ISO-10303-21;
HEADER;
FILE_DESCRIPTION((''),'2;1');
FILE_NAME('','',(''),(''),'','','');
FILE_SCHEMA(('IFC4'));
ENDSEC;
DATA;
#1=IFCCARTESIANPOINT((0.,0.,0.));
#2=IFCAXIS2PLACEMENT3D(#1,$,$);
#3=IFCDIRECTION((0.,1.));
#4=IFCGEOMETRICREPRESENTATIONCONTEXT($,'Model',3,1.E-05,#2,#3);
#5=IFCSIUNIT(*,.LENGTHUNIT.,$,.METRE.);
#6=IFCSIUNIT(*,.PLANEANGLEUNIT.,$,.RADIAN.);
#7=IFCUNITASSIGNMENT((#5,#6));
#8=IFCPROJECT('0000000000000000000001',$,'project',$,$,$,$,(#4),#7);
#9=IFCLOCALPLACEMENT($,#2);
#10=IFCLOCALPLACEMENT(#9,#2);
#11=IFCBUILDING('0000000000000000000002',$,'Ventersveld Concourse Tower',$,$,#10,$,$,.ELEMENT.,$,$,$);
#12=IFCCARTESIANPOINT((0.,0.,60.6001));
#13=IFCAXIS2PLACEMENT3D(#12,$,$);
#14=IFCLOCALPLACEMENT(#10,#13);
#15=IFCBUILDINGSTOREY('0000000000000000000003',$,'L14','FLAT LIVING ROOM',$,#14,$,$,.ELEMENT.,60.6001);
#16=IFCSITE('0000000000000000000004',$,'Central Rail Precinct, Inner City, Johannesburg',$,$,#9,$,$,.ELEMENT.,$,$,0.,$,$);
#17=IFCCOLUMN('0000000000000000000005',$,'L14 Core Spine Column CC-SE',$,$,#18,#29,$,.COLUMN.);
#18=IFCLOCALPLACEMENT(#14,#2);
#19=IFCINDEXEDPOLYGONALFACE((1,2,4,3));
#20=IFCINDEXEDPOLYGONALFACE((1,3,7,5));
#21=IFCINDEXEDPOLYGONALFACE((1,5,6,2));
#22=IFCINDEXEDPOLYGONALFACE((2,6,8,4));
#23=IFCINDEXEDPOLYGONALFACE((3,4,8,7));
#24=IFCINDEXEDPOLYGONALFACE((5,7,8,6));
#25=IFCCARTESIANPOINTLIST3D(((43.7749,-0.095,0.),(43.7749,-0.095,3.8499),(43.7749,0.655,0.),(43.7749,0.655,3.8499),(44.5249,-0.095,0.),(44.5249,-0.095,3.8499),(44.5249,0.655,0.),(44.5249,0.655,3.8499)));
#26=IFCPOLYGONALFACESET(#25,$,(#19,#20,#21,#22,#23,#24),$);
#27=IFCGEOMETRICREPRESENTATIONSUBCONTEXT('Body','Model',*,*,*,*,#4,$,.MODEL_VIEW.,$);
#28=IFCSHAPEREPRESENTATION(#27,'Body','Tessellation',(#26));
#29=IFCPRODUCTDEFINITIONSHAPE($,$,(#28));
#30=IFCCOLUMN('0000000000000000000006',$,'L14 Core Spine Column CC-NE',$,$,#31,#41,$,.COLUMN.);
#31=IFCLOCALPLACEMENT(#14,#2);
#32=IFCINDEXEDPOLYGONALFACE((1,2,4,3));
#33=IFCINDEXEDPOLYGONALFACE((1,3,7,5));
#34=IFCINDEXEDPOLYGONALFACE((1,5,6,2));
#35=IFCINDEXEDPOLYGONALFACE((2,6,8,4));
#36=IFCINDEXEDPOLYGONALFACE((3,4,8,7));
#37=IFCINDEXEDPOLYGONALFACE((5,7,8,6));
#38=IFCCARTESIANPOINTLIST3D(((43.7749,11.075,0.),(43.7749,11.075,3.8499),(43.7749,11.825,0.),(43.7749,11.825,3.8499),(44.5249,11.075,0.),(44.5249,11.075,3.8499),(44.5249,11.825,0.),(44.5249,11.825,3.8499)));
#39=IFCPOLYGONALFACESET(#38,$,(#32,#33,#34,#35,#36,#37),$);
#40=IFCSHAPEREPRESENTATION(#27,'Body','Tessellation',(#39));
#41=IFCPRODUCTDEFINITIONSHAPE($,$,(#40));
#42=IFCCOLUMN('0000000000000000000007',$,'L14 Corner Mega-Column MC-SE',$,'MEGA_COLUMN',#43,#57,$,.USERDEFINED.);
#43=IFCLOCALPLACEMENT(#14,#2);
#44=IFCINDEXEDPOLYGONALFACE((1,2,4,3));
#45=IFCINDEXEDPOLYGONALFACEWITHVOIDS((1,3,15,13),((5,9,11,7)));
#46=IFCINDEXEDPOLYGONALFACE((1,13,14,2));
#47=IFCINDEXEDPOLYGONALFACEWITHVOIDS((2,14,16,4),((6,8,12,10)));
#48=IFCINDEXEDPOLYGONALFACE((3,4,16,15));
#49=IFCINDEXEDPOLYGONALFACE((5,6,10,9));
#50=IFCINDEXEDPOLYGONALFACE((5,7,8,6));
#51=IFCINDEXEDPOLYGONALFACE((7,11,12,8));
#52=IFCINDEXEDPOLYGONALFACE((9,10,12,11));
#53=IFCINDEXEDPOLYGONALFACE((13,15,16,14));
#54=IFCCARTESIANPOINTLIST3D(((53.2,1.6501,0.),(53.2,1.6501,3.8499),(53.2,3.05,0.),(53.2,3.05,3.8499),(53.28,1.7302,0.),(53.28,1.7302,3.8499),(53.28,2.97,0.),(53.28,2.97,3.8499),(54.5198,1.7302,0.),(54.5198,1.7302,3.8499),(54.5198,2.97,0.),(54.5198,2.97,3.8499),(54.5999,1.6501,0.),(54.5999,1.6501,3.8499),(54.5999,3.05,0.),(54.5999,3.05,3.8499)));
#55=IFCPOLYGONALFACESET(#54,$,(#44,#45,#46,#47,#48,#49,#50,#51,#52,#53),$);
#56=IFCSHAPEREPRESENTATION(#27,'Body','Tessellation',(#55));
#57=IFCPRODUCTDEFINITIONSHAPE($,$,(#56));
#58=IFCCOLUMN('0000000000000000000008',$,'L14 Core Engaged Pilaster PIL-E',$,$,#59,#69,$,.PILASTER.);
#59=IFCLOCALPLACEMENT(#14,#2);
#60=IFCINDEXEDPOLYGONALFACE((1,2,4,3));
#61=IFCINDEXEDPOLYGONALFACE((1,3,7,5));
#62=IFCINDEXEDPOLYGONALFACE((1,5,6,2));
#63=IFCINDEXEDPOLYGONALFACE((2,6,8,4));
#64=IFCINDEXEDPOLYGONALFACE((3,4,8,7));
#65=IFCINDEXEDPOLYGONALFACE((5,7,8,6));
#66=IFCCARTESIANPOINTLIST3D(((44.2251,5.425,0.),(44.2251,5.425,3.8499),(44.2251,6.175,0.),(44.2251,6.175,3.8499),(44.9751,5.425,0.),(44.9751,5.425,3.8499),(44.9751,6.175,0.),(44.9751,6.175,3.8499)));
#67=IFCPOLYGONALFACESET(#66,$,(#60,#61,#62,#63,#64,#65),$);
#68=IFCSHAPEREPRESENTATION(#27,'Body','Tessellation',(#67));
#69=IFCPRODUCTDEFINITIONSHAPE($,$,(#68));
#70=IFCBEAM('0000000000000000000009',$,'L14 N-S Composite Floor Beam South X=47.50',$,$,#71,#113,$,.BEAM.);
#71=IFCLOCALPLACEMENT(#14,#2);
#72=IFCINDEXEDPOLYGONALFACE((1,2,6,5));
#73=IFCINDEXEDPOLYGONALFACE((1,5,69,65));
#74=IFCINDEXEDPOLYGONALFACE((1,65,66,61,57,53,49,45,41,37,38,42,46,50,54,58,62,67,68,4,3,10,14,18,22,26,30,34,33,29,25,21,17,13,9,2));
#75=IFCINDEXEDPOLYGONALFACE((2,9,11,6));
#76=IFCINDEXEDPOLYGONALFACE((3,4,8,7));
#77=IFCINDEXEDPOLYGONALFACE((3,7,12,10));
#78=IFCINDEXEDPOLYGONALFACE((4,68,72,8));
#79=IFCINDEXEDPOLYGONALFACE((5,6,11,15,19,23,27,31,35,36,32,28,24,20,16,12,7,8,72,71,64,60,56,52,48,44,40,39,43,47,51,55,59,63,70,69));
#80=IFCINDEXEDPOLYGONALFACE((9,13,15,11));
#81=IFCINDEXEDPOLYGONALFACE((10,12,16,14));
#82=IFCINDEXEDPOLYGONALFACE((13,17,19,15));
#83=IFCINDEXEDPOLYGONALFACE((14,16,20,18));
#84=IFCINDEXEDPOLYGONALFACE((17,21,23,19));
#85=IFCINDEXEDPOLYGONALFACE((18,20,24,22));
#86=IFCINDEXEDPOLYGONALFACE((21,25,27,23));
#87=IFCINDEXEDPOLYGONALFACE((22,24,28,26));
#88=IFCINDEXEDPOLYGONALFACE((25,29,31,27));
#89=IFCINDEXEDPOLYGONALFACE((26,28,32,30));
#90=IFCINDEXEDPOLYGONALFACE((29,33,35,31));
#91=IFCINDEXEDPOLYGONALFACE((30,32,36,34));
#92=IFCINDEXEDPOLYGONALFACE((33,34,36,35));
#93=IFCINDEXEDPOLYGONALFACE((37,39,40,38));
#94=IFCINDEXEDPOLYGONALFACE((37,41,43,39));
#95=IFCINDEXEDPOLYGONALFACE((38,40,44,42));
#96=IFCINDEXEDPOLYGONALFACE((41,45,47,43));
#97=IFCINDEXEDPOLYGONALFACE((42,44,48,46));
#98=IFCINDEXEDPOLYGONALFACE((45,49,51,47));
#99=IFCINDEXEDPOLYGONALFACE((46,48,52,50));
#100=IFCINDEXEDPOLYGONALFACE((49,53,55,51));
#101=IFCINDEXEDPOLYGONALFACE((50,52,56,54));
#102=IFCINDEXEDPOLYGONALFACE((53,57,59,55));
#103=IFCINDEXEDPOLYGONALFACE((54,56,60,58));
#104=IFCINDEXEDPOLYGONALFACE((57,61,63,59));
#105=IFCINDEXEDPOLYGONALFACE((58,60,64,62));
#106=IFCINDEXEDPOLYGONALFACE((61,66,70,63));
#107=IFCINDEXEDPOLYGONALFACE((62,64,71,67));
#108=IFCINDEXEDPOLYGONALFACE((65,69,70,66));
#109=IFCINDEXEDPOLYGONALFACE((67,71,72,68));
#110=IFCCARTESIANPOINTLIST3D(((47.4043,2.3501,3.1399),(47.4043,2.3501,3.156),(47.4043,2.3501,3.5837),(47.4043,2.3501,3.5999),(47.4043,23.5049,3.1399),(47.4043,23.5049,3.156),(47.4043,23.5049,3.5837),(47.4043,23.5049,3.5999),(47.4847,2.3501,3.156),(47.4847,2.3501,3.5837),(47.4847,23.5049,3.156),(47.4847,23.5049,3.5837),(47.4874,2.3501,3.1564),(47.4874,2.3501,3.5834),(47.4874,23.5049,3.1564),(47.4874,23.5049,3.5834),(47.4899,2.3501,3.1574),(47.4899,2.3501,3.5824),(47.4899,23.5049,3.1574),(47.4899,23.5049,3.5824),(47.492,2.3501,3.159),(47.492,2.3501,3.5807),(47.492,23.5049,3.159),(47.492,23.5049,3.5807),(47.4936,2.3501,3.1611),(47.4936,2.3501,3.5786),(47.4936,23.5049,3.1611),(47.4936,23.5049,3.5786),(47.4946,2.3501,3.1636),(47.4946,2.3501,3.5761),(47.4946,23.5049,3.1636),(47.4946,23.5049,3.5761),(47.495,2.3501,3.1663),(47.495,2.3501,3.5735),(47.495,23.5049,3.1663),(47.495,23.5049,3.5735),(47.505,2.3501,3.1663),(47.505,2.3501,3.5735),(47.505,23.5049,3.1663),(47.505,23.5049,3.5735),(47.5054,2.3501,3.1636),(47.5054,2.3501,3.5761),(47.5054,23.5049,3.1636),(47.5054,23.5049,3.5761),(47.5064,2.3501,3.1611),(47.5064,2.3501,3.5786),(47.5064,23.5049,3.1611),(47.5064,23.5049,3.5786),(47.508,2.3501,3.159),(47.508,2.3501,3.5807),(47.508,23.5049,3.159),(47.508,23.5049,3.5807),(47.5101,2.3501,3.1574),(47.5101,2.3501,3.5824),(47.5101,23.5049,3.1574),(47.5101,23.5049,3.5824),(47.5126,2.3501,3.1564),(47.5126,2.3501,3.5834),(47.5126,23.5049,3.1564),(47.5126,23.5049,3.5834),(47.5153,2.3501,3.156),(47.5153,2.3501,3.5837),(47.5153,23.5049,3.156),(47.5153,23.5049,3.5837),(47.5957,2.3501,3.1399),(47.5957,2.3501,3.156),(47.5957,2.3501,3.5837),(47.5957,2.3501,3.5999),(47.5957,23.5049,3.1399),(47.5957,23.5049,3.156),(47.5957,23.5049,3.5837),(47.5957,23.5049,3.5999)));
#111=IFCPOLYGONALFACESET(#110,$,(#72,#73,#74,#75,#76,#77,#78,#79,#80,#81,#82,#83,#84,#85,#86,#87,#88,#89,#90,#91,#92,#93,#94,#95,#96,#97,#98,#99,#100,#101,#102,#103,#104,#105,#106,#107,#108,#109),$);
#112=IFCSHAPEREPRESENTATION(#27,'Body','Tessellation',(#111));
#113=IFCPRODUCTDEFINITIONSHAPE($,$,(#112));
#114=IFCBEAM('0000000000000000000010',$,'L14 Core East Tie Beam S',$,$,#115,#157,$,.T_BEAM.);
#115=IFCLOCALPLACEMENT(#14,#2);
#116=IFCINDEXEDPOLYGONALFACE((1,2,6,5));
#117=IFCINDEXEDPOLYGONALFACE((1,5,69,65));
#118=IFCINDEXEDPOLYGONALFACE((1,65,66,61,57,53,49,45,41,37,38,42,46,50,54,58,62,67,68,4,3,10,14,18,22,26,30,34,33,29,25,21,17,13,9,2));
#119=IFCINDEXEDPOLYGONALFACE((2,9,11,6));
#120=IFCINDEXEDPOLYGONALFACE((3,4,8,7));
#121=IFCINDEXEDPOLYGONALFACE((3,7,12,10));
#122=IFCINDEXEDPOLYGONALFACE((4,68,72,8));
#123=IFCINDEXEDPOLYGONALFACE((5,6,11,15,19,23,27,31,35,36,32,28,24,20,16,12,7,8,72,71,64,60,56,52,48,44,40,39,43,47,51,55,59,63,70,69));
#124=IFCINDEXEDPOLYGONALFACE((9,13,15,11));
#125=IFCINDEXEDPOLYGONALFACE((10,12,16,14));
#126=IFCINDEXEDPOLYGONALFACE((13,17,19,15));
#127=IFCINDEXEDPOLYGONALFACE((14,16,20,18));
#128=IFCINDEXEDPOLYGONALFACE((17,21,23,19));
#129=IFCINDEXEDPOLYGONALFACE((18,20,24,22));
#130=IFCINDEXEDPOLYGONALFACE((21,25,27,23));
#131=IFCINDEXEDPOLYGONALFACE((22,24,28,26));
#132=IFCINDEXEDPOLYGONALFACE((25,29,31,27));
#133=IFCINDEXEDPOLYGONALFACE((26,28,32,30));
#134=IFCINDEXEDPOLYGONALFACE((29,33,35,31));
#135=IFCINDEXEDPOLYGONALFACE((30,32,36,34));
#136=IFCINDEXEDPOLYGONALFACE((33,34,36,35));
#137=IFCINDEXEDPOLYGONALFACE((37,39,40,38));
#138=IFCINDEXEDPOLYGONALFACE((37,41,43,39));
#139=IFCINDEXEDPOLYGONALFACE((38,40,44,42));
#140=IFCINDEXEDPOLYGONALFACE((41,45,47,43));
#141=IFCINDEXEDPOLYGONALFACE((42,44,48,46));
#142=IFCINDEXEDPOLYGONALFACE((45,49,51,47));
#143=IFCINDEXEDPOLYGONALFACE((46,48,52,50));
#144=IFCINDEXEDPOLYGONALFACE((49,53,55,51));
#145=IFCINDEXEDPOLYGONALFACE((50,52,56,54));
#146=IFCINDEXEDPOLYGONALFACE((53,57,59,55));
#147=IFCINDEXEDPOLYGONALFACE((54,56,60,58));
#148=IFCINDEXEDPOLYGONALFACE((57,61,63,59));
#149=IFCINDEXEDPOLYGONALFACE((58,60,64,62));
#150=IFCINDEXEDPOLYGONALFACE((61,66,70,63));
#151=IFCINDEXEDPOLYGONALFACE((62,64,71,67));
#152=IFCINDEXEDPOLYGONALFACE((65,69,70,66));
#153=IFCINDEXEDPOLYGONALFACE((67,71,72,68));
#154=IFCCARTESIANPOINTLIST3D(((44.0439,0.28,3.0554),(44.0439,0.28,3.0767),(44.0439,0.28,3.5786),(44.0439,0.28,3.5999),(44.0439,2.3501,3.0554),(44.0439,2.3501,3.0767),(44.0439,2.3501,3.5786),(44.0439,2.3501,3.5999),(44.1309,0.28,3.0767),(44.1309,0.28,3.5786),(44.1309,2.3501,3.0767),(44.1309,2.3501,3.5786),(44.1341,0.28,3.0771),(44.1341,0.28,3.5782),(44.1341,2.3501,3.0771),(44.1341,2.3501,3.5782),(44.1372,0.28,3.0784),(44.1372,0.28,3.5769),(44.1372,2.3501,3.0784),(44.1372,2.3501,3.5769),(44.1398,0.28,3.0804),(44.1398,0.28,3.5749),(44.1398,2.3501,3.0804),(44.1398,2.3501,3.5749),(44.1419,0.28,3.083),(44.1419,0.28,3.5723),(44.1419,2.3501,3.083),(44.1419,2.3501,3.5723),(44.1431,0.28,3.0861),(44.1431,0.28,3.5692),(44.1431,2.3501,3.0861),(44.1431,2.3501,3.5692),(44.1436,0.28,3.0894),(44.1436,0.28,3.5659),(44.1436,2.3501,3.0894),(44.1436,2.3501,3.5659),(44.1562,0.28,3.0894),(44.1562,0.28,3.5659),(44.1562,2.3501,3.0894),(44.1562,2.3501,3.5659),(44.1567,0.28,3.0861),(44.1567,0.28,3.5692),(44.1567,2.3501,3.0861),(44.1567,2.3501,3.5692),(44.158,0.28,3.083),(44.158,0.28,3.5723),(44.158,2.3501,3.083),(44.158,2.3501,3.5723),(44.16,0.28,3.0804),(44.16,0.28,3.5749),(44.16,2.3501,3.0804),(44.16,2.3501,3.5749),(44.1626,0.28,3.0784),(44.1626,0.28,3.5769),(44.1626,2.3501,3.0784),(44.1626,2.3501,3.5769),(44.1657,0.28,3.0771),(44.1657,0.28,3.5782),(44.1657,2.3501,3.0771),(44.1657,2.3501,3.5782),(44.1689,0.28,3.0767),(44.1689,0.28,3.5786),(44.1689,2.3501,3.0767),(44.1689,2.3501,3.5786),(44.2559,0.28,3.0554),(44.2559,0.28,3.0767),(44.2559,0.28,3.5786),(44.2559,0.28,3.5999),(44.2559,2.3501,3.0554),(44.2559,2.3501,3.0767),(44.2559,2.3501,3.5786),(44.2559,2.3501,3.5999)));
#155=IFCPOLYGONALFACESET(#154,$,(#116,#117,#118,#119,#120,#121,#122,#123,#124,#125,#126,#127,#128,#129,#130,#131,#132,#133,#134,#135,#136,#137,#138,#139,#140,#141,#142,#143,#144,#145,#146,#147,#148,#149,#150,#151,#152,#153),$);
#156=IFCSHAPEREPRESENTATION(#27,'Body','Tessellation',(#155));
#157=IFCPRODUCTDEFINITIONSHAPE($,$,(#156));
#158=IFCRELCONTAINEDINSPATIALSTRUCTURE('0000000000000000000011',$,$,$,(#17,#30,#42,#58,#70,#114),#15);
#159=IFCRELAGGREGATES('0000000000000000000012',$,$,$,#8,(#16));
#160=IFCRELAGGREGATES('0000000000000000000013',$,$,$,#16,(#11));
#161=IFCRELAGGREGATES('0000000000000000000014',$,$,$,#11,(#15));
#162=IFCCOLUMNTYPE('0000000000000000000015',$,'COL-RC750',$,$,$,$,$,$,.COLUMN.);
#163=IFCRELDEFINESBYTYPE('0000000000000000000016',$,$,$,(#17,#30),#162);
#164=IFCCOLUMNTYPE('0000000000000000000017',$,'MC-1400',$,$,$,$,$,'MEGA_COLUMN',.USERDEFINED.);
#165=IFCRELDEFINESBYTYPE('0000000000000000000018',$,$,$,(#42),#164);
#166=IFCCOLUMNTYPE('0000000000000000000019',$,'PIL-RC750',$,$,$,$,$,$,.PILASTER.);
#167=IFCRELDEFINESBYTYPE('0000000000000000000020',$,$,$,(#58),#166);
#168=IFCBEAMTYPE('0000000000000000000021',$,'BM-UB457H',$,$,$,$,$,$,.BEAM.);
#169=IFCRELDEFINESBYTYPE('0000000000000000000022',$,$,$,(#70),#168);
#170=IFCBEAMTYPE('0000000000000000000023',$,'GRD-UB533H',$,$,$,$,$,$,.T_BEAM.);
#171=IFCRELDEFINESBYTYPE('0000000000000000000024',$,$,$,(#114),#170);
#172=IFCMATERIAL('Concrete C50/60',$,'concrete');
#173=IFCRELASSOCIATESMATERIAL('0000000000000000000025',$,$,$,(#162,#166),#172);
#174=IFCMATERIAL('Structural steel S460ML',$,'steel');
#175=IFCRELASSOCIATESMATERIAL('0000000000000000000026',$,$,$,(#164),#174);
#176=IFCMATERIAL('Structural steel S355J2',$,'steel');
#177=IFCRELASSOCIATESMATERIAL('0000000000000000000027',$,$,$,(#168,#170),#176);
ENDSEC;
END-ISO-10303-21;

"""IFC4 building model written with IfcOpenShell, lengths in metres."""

from ifc_helpers import new_model, si_unit, direction, frame, origin, origin_2d, place, context, subcontext, project, spatial, rectangle, hollow_rectangle, i_section, extrude, material, material_profile, profile_set, type_object, element, save


model = new_model("IFC4")

# Units and contexts
model_context = context("Model", 3, precision=1e-05, world=origin(), true_north=direction((0.0, 1.0)))
body_context = subcontext(model_context, "Body", "Model", "MODEL_VIEW")
ifc_project = project(units=[si_unit("LENGTHUNIT", "METRE"), si_unit("PLANEANGLEUNIT", "RADIAN")], contexts=[model_context])

# Site, building, storey
site_placement = place(None, origin())
site = spatial("IfcSite", under=ifc_project, at=site_placement, Name="Central Rail Precinct, Inner City, Johannesburg", CompositionType="ELEMENT", RefElevation=0.0)
building_placement = place(site_placement, origin())
building = spatial("IfcBuilding", under=site, at=building_placement, Name="Ventersveld Concourse Tower", CompositionType="ELEMENT")
storey_placement = place(building_placement, frame((0.0, 0.0, 60.6001)))
storey = spatial("IfcBuildingStorey", under=building, at=storey_placement, Name="L14", Description="FLAT LIVING ROOM", CompositionType="ELEMENT", Elevation=60.6001)

# Columns
ifc_material_1 = material(Name="Concrete C50/60", Category="concrete")
ifc_material_profile_1 = material_profile(ifc_material_1, rectangle(XDim=0.75, YDim=0.75, at=origin_2d()), Name="RC 750x750")
ifc_profile_set_1 = profile_set([ifc_material_profile_1], Name="Concrete C50/60")
column_type_1 = type_object("IfcColumnType", Name="COL-RC750", PredefinedType="COLUMN", material=ifc_profile_set_1)
for number, where, z_axis, x_axis, name in (
    (1, (44.1499, 0.28, 0.0), (0.0, 0.0, 1.0), (1.0, 0.0, 0.0), "L14 Core Spine Column CC-SE"),
    (2, (44.1499, 11.45, 0.0), (0.0, 0.0, 1.0), (1.0, 0.0, 0.0), "L14 Core Spine Column CC-NE"),
):
    element("IfcColumn", number, at=place(storey_placement, frame(where, z_axis=z_axis, x_axis=x_axis)), inside=storey, type_object=column_type_1, Name=name, PredefinedType="COLUMN", context=body_context, shape_type="SweptSolid", body=[
        extrude(rectangle(XDim=0.75, YDim=0.75, at=origin_2d()), origin(), (0.0, 0.0, 1.0), 3.8499),
    ])
ifc_material_2 = material(Name="Structural steel S460ML", Category="steel")
ifc_material_profile_2 = material_profile(ifc_material_2, hollow_rectangle(XDim=1.3999, YDim=1.3999, WallThickness=0.0801, at=origin_2d()), Name="BOX 1400x1400x80")
ifc_profile_set_2 = profile_set([ifc_material_profile_2], Name="Structural steel S460ML")
column_type_2 = type_object("IfcColumnType", Name="MC-1400", ElementType="MEGA_COLUMN", PredefinedType="USERDEFINED", material=ifc_profile_set_2)
column_1_placement = place(storey_placement, frame((53.8999, 2.3501, 0.0), z_axis=(0.0, 0.0, 1.0), x_axis=(1.0, 0.0, 0.0)))
element("IfcColumn", 3, at=column_1_placement, inside=storey, type_object=column_type_2, Name="L14 Corner Mega-Column MC-SE", ObjectType="MEGA_COLUMN", PredefinedType="USERDEFINED", context=body_context, shape_type="SweptSolid", body=[
    extrude(hollow_rectangle(XDim=1.3999, YDim=1.3999, WallThickness=0.0801, at=origin_2d()), origin(), (0.0, 0.0, 1.0), 3.8499),
])
ifc_material_profile_3 = material_profile(ifc_material_1, rectangle(XDim=0.75, YDim=0.75, at=origin_2d()), Name="RC 750x750")
ifc_profile_set_3 = profile_set([ifc_material_profile_3], Name="Concrete C50/60")
column_type_3 = type_object("IfcColumnType", Name="PIL-RC750", PredefinedType="PILASTER", material=ifc_profile_set_3)
column_2_placement = place(storey_placement, frame((44.6001, 5.8, 0.0), z_axis=(0.0, 0.0, 1.0), x_axis=(1.0, 0.0, 0.0)))
element("IfcColumn", 4, at=column_2_placement, inside=storey, type_object=column_type_3, Name="L14 Core Engaged Pilaster PIL-E", PredefinedType="PILASTER", context=body_context, shape_type="SweptSolid", body=[
    extrude(rectangle(XDim=0.75, YDim=0.75, at=origin_2d()), origin(), (0.0, 0.0, 1.0), 3.8499),
])

# Beams
ifc_material_3 = material(Name="Structural steel S355J2", Category="steel")
ifc_material_profile_4 = material_profile(ifc_material_3, i_section(OverallWidth=0.1914, OverallDepth=0.46, WebThickness=0.01, FlangeThickness=0.0161, FilletRadius=0.0103, at=origin_2d()), Name="UB 457x191x82")
ifc_profile_set_4 = profile_set([ifc_material_profile_4], Name="Structural steel S355J2")
beam_type_1 = type_object("IfcBeamType", Name="BM-UB457H", PredefinedType="BEAM", material=ifc_profile_set_4)
beam_1_placement = place(storey_placement, frame((47.5, 2.3501, 3.3699), z_axis=(0.0, 1.0, 0.0), x_axis=(-1.0, 0.0, 0.0)))
element("IfcBeam", 5, at=beam_1_placement, inside=storey, type_object=beam_type_1, Name="L14 N-S Composite Floor Beam South X=47.50", PredefinedType="BEAM", context=body_context, shape_type="SweptSolid", body=[
    extrude(i_section(OverallWidth=0.1914, OverallDepth=0.46, WebThickness=0.01, FlangeThickness=0.0161, FilletRadius=0.0103, at=origin_2d()), origin(), (0.0, 0.0, 1.0), 21.1548),
])
ifc_material_profile_5 = material_profile(ifc_material_3, i_section(OverallWidth=0.2119, OverallDepth=0.5444, WebThickness=0.0127, FlangeThickness=0.0212, FilletRadius=0.0127, at=origin_2d()), Name="UB 533x210x122")
ifc_profile_set_5 = profile_set([ifc_material_profile_5], Name="Structural steel S355J2")
beam_type_2 = type_object("IfcBeamType", Name="GRD-UB533H", PredefinedType="T_BEAM", material=ifc_profile_set_5)
beam_2_placement = place(storey_placement, frame((44.1499, 0.28, 3.3276), z_axis=(0.0, 1.0, 0.0), x_axis=(-1.0, 0.0, 0.0)))
element("IfcBeam", 6, at=beam_2_placement, inside=storey, type_object=beam_type_2, Name="L14 Core East Tie Beam S", PredefinedType="T_BEAM", context=body_context, shape_type="SweptSolid", body=[
    extrude(i_section(OverallWidth=0.2119, OverallDepth=0.5444, WebThickness=0.0127, FlangeThickness=0.0212, FilletRadius=0.0127, at=origin_2d()), origin(), (0.0, 0.0, 1.0), 2.0701),
])

save(model, "model.ifc")
